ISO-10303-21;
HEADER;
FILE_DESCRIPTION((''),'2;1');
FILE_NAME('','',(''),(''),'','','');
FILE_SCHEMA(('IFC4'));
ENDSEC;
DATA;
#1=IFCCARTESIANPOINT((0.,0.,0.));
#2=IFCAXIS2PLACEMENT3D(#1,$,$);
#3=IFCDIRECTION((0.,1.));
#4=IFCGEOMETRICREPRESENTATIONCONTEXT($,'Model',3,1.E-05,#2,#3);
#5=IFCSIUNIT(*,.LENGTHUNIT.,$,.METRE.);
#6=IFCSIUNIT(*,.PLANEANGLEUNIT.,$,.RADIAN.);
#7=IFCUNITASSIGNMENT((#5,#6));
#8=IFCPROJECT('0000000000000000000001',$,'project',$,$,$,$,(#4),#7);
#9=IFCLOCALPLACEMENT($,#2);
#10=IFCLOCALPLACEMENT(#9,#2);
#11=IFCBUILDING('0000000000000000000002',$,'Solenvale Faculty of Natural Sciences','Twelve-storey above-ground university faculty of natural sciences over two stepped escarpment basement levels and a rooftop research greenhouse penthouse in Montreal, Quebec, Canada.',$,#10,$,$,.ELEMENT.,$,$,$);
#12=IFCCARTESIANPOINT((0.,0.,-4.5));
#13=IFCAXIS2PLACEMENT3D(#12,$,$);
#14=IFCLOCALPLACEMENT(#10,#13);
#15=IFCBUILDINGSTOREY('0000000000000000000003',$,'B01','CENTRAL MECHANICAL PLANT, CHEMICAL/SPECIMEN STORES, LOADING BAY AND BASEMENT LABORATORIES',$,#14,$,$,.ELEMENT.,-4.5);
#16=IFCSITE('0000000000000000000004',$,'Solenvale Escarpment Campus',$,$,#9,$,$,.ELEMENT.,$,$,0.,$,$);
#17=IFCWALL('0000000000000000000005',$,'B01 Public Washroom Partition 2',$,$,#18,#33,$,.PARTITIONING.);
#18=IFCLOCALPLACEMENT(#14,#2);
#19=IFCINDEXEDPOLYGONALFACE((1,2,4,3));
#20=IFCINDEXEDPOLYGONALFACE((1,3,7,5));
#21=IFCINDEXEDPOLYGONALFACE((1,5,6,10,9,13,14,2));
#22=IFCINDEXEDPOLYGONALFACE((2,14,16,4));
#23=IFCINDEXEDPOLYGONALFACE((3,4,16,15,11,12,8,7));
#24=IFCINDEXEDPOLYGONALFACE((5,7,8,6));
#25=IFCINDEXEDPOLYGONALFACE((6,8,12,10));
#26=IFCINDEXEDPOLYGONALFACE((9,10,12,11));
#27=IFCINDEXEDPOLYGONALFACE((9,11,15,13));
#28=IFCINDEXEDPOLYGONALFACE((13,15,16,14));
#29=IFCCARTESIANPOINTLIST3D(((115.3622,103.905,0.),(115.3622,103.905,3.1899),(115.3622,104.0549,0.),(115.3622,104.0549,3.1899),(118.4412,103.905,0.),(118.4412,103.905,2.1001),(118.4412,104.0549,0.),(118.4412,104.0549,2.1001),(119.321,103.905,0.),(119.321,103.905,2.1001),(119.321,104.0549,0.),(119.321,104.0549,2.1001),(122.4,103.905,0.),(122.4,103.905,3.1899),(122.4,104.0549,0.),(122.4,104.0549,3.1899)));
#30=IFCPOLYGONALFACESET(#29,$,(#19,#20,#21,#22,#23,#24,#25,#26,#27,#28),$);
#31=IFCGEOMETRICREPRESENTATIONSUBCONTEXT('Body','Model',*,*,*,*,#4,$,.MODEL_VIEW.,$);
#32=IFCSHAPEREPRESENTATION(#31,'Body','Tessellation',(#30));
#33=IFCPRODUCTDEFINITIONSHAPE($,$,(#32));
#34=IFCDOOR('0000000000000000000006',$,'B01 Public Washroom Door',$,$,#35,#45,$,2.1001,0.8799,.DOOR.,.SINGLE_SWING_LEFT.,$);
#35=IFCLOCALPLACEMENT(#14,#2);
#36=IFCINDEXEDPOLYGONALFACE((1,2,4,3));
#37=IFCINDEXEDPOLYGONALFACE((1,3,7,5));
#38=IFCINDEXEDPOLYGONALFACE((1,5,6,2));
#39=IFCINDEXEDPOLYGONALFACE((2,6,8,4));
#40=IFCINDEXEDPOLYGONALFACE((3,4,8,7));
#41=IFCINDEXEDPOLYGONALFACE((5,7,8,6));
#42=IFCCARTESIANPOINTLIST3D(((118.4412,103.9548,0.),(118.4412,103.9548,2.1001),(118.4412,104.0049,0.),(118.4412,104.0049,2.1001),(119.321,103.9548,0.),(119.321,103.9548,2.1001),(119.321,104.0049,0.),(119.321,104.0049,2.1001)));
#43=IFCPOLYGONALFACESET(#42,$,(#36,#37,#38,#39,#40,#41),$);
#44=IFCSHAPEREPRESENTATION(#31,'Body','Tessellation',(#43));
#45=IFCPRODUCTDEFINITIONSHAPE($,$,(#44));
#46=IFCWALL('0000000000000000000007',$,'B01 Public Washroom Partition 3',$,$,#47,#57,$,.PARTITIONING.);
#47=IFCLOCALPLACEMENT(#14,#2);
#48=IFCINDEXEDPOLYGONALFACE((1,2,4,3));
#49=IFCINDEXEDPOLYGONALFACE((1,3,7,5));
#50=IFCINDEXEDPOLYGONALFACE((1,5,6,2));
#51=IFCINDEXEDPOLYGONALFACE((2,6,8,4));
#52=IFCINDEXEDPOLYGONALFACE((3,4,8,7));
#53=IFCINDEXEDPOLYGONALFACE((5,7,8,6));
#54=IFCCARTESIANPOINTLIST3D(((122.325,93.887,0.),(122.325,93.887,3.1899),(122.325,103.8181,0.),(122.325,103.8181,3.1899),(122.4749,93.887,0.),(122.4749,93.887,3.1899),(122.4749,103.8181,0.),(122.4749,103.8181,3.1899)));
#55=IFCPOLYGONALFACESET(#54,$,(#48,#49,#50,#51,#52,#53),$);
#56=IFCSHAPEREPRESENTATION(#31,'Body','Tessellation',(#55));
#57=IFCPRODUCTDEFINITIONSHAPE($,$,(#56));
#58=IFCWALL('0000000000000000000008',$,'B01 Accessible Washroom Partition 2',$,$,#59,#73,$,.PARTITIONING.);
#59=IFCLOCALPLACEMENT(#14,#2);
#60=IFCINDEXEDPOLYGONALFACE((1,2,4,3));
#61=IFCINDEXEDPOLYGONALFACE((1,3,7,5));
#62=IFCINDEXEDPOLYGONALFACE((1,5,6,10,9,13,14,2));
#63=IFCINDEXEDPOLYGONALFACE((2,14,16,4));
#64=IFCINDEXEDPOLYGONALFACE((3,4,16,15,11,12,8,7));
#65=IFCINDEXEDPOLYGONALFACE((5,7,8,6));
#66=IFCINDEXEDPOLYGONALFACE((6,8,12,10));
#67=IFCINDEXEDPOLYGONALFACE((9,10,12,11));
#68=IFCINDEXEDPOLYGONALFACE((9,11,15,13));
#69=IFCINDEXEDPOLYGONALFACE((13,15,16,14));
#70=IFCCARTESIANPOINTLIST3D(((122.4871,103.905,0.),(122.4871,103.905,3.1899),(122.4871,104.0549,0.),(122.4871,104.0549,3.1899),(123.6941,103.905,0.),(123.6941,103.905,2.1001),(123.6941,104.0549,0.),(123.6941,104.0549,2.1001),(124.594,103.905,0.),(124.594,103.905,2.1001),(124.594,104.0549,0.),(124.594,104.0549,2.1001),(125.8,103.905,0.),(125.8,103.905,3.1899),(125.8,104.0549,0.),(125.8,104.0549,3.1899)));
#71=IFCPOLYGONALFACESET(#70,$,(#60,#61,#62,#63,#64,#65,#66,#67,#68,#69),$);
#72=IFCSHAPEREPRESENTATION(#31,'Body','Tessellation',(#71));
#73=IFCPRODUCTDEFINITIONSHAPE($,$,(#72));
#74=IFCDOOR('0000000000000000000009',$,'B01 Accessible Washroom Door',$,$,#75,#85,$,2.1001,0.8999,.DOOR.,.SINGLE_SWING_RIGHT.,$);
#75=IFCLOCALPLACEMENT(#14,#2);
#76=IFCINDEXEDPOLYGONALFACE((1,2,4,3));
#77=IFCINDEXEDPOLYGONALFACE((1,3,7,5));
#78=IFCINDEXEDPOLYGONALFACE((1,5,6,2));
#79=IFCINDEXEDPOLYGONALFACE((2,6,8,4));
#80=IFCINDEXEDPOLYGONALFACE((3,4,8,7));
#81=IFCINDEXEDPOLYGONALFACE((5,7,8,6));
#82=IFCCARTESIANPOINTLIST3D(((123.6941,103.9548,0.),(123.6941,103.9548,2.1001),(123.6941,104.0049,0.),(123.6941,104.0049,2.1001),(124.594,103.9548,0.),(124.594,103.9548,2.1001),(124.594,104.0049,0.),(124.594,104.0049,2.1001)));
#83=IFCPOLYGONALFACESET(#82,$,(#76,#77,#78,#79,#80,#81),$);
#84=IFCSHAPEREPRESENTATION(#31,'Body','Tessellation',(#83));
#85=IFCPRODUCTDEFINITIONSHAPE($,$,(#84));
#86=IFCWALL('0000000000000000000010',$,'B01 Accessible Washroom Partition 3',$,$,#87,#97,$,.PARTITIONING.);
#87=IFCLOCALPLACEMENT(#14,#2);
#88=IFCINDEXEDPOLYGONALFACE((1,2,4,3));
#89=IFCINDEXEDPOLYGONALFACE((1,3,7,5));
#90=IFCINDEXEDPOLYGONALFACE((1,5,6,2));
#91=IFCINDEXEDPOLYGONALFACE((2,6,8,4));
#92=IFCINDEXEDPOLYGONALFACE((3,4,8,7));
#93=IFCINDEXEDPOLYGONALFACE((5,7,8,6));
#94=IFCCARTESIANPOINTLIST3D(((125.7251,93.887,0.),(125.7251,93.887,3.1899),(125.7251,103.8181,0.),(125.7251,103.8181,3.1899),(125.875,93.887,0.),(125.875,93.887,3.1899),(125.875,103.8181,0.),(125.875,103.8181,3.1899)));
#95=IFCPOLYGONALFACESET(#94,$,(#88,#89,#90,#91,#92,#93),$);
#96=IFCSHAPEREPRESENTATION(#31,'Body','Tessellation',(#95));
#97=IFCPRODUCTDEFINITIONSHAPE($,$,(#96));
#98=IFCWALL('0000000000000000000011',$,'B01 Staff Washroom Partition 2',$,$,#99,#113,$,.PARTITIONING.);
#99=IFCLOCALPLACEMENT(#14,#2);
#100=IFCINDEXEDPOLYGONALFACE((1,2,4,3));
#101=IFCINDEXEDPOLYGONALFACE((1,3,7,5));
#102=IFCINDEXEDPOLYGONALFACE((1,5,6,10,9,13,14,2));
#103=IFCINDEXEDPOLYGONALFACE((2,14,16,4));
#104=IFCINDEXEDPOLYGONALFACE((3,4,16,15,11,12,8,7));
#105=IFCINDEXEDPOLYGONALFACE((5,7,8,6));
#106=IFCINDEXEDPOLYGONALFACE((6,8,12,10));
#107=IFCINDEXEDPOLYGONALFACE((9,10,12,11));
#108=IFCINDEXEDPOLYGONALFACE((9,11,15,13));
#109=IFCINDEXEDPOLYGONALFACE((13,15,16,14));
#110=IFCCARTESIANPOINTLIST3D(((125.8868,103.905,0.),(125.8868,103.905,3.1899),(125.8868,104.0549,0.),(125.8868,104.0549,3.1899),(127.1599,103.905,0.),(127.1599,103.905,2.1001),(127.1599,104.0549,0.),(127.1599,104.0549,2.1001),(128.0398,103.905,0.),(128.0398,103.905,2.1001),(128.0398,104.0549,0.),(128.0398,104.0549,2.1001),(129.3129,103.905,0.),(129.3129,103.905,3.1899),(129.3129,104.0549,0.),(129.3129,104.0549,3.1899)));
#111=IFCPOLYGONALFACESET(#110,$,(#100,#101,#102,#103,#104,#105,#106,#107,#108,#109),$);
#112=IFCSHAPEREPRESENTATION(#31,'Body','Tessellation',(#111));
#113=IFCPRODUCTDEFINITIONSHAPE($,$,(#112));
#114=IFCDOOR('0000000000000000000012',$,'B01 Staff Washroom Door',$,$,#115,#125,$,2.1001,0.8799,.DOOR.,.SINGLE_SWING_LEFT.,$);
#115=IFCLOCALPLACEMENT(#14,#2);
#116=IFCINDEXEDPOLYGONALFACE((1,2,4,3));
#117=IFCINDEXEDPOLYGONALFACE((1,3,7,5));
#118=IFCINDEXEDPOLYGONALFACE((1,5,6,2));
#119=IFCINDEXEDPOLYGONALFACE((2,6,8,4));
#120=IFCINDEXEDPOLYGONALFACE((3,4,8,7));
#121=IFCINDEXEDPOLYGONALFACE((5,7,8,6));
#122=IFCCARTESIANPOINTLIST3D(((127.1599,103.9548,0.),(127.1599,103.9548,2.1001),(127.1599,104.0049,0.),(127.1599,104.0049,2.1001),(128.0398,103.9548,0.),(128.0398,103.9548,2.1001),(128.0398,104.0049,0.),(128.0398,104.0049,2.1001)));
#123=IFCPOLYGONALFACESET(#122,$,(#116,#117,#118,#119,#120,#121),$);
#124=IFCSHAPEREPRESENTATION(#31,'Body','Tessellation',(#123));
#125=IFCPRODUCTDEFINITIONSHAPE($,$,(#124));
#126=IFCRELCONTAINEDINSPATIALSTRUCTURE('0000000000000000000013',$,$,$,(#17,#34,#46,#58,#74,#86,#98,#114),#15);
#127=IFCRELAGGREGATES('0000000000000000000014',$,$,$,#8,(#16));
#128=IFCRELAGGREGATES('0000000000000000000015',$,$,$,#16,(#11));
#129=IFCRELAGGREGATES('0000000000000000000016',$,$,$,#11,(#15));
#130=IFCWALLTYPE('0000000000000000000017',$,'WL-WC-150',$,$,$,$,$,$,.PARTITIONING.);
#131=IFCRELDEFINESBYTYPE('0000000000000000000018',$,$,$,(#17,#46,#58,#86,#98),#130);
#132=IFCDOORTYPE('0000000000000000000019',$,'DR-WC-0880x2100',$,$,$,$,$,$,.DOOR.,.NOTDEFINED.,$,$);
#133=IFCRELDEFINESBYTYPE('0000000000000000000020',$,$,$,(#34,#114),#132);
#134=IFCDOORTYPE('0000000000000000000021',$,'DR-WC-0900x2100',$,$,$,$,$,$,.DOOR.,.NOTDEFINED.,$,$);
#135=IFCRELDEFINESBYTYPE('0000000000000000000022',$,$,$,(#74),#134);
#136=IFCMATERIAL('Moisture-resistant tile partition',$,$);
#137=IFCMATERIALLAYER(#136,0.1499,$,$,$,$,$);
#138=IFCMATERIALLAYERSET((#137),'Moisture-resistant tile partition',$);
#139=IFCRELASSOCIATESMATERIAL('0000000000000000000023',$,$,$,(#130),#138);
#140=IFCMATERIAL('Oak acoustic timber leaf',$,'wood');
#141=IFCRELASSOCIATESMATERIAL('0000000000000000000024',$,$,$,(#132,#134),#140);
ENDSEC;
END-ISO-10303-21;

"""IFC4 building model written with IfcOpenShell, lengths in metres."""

from ifc_helpers import new_model, si_unit, direction, frame, frame_2d, origin, place, context, subcontext, project, spatial, rectangle, extrude, material, layer, layer_set, type_object, element, fill, save


model = new_model("IFC4")

# Units and contexts
model_context = context("Model", 3, precision=1e-05, world=origin(), true_north=direction((0.0, 1.0)))
body_context = subcontext(model_context, "Body", "Model", "MODEL_VIEW")
ifc_project = project(units=[si_unit("LENGTHUNIT", "METRE"), si_unit("PLANEANGLEUNIT", "RADIAN")], contexts=[model_context])

# Site, building, storey
site_placement = place(None, origin())
site = spatial("IfcSite", under=ifc_project, at=site_placement, Name="Solenvale Escarpment Campus", CompositionType="ELEMENT", RefElevation=0.0)
building_placement = place(site_placement, origin())
building = spatial("IfcBuilding", under=site, at=building_placement, Name="Solenvale Faculty of Natural Sciences", Description="Twelve-storey above-ground university faculty of natural sciences over two stepped escarpment basement levels and a rooftop research greenhouse penthouse in Montreal, Quebec, Canada.", CompositionType="ELEMENT")
storey_placement = place(building_placement, frame((0.0, 0.0, -4.5)))
storey = spatial("IfcBuildingStorey", under=building, at=storey_placement, Name="B01", Description="CENTRAL MECHANICAL PLANT, CHEMICAL/SPECIMEN STORES, LOADING BAY AND BASEMENT LABORATORIES", CompositionType="ELEMENT", Elevation=-4.5)

# Wall, opening, door
ifc_material_1 = material(Name="Moisture-resistant tile partition")
ifc_layer = layer(ifc_material_1, 0.1499)
ifc_layer_set = layer_set([ifc_layer], Name="Moisture-resistant tile partition")
wall_type = type_object("IfcWallType", Name="WL-WC-150", PredefinedType="PARTITIONING", material=ifc_layer_set)
wall_1_placement = place(storey_placement, frame((115.3621, 103.98, 0.0), z_axis=(0.0, 0.0, 1.0), x_axis=(1.0, 0.0, 0.0)))
wall_1 = element("IfcWall", 1, at=wall_1_placement, inside=storey, type_object=wall_type, Name="B01 Public Washroom Partition 2", PredefinedType="PARTITIONING", context=body_context, shape_type="SweptSolid", body=[
    extrude(rectangle(XDim=7.0378, YDim=0.1499, at=frame_2d((3.519, 0.0))), origin(), (0.0, 0.0, 1.0), 3.1899),
])
opening_1_placement = place(wall_1_placement, frame((3.0791, 0.0, 0.0)))
opening_1 = element("IfcOpeningElement", 2, at=opening_1_placement, cuts=wall_1, PredefinedType="OPENING", context=body_context, shape_type="SweptSolid", body=[
    extrude(rectangle(XDim=0.8799, YDim=2.1001, at=frame_2d((0.4399, 1.05))), frame((0.0, 0.085, 0.0), z_axis=(0.0, -1.0, 0.0), x_axis=(1.0, 0.0, 0.0)), (0.0, 0.0, 1.0), 0.1699),
])
ifc_material_2 = material(Name="Oak acoustic timber leaf", Category="wood")
door_type_1 = type_object("IfcDoorType", Name="DR-WC-0880x2100", OperationType="NOTDEFINED", PredefinedType="DOOR", material=ifc_material_2)
door_1_placement = place(opening_1_placement, origin())
door_1 = element("IfcDoor", 3, at=door_1_placement, inside=storey, type_object=door_type_1, Name="B01 Public Washroom Door", OperationType="SINGLE_SWING_LEFT", OverallHeight=2.1001, OverallWidth=0.8799, PredefinedType="DOOR", context=body_context, shape_type="SweptSolid", body=[
    extrude(rectangle(XDim=0.8799, YDim=2.1001, at=frame_2d((0.4399, 1.05))), frame((0.0, 0.0249, 0.0), z_axis=(0.0, -1.0, 0.0), x_axis=(1.0, 0.0, 0.0)), (0.0, 0.0, 1.0), 0.05),
])
fill(opening_1, door_1)

# Wall
wall_2_placement = place(storey_placement, frame((122.3999, 103.8181, 0.0), z_axis=(0.0, 0.0, 1.0), x_axis=(0.0, -1.0, 0.0)))
element("IfcWall", 4, at=wall_2_placement, inside=storey, type_object=wall_type, Name="B01 Public Washroom Partition 3", PredefinedType="PARTITIONING", context=body_context, shape_type="SweptSolid", body=[
    extrude(rectangle(XDim=9.9312, YDim=0.1499, at=frame_2d((4.9656, 0.0))), origin(), (0.0, 0.0, 1.0), 3.1899),
])

# Wall, opening, door
wall_3_placement = place(storey_placement, frame((122.4871, 103.98, 0.0), z_axis=(0.0, 0.0, 1.0), x_axis=(1.0, 0.0, 0.0)))
wall_3 = element("IfcWall", 5, at=wall_3_placement, inside=storey, type_object=wall_type, Name="B01 Accessible Washroom Partition 2", PredefinedType="PARTITIONING", context=body_context, shape_type="SweptSolid", body=[
    extrude(rectangle(XDim=3.313, YDim=0.1499, at=frame_2d((1.6565, 0.0))), origin(), (0.0, 0.0, 1.0), 3.1899),
])
opening_2_placement = place(wall_3_placement, frame((1.207, 0.0, 0.0)))
opening_2 = element("IfcOpeningElement", 6, at=opening_2_placement, cuts=wall_3, PredefinedType="OPENING", context=body_context, shape_type="SweptSolid", body=[
    extrude(rectangle(XDim=0.8999, YDim=2.1001, at=frame_2d((0.45, 1.05))), frame((0.0, 0.085, 0.0), z_axis=(0.0, -1.0, 0.0), x_axis=(1.0, 0.0, 0.0)), (0.0, 0.0, 1.0), 0.1699),
])
door_type_2 = type_object("IfcDoorType", Name="DR-WC-0900x2100", OperationType="NOTDEFINED", PredefinedType="DOOR", material=ifc_material_2)
door_2_placement = place(opening_2_placement, origin())
door_2 = element("IfcDoor", 7, at=door_2_placement, inside=storey, type_object=door_type_2, Name="B01 Accessible Washroom Door", OperationType="SINGLE_SWING_RIGHT", OverallHeight=2.1001, OverallWidth=0.8999, PredefinedType="DOOR", context=body_context, shape_type="SweptSolid", body=[
    extrude(rectangle(XDim=0.8999, YDim=2.1001, at=frame_2d((0.45, 1.05))), frame((0.0, 0.0249, 0.0), z_axis=(0.0, -1.0, 0.0), x_axis=(1.0, 0.0, 0.0)), (0.0, 0.0, 1.0), 0.05),
])
fill(opening_2, door_2)

# Wall
wall_4_placement = place(storey_placement, frame((125.8, 103.8181, 0.0), z_axis=(0.0, 0.0, 1.0), x_axis=(0.0, -1.0, 0.0)))
element("IfcWall", 8, at=wall_4_placement, inside=storey, type_object=wall_type, Name="B01 Accessible Washroom Partition 3", PredefinedType="PARTITIONING", context=body_context, shape_type="SweptSolid", body=[
    extrude(rectangle(XDim=9.9312, YDim=0.1499, at=frame_2d((4.9656, 0.0))), origin(), (0.0, 0.0, 1.0), 3.1899),
])

# Wall, opening, door
wall_5_placement = place(storey_placement, frame((125.887, 103.98, 0.0), z_axis=(0.0, 0.0, 1.0), x_axis=(1.0, 0.0, 0.0)))
wall_5 = element("IfcWall", 9, at=wall_5_placement, inside=storey, type_object=wall_type, Name="B01 Staff Washroom Partition 2", PredefinedType="PARTITIONING", context=body_context, shape_type="SweptSolid", body=[
    extrude(rectangle(XDim=3.426, YDim=0.1499, at=frame_2d((1.7129, 0.0))), origin(), (0.0, 0.0, 1.0), 3.1899),
])
opening_3_placement = place(wall_5_placement, frame((1.2729, 0.0, 0.0)))
opening_3 = element("IfcOpeningElement", 10, at=opening_3_placement, cuts=wall_5, PredefinedType="OPENING", context=body_context, shape_type="SweptSolid", body=[
    extrude(rectangle(XDim=0.8799, YDim=2.1001, at=frame_2d((0.4399, 1.05))), frame((0.0, 0.085, 0.0), z_axis=(0.0, -1.0, 0.0), x_axis=(1.0, 0.0, 0.0)), (0.0, 0.0, 1.0), 0.1699),
])
door_3_placement = place(opening_3_placement, origin())
door_3 = element("IfcDoor", 11, at=door_3_placement, inside=storey, type_object=door_type_1, Name="B01 Staff Washroom Door", OperationType="SINGLE_SWING_LEFT", OverallHeight=2.1001, OverallWidth=0.8799, PredefinedType="DOOR", context=body_context, shape_type="SweptSolid", body=[
    extrude(rectangle(XDim=0.8799, YDim=2.1001, at=frame_2d((0.4399, 1.05))), frame((0.0, 0.0249, 0.0), z_axis=(0.0, -1.0, 0.0), x_axis=(1.0, 0.0, 0.0)), (0.0, 0.0, 1.0), 0.05),
])
fill(opening_3, door_3)

save(model, "model.ifc")
